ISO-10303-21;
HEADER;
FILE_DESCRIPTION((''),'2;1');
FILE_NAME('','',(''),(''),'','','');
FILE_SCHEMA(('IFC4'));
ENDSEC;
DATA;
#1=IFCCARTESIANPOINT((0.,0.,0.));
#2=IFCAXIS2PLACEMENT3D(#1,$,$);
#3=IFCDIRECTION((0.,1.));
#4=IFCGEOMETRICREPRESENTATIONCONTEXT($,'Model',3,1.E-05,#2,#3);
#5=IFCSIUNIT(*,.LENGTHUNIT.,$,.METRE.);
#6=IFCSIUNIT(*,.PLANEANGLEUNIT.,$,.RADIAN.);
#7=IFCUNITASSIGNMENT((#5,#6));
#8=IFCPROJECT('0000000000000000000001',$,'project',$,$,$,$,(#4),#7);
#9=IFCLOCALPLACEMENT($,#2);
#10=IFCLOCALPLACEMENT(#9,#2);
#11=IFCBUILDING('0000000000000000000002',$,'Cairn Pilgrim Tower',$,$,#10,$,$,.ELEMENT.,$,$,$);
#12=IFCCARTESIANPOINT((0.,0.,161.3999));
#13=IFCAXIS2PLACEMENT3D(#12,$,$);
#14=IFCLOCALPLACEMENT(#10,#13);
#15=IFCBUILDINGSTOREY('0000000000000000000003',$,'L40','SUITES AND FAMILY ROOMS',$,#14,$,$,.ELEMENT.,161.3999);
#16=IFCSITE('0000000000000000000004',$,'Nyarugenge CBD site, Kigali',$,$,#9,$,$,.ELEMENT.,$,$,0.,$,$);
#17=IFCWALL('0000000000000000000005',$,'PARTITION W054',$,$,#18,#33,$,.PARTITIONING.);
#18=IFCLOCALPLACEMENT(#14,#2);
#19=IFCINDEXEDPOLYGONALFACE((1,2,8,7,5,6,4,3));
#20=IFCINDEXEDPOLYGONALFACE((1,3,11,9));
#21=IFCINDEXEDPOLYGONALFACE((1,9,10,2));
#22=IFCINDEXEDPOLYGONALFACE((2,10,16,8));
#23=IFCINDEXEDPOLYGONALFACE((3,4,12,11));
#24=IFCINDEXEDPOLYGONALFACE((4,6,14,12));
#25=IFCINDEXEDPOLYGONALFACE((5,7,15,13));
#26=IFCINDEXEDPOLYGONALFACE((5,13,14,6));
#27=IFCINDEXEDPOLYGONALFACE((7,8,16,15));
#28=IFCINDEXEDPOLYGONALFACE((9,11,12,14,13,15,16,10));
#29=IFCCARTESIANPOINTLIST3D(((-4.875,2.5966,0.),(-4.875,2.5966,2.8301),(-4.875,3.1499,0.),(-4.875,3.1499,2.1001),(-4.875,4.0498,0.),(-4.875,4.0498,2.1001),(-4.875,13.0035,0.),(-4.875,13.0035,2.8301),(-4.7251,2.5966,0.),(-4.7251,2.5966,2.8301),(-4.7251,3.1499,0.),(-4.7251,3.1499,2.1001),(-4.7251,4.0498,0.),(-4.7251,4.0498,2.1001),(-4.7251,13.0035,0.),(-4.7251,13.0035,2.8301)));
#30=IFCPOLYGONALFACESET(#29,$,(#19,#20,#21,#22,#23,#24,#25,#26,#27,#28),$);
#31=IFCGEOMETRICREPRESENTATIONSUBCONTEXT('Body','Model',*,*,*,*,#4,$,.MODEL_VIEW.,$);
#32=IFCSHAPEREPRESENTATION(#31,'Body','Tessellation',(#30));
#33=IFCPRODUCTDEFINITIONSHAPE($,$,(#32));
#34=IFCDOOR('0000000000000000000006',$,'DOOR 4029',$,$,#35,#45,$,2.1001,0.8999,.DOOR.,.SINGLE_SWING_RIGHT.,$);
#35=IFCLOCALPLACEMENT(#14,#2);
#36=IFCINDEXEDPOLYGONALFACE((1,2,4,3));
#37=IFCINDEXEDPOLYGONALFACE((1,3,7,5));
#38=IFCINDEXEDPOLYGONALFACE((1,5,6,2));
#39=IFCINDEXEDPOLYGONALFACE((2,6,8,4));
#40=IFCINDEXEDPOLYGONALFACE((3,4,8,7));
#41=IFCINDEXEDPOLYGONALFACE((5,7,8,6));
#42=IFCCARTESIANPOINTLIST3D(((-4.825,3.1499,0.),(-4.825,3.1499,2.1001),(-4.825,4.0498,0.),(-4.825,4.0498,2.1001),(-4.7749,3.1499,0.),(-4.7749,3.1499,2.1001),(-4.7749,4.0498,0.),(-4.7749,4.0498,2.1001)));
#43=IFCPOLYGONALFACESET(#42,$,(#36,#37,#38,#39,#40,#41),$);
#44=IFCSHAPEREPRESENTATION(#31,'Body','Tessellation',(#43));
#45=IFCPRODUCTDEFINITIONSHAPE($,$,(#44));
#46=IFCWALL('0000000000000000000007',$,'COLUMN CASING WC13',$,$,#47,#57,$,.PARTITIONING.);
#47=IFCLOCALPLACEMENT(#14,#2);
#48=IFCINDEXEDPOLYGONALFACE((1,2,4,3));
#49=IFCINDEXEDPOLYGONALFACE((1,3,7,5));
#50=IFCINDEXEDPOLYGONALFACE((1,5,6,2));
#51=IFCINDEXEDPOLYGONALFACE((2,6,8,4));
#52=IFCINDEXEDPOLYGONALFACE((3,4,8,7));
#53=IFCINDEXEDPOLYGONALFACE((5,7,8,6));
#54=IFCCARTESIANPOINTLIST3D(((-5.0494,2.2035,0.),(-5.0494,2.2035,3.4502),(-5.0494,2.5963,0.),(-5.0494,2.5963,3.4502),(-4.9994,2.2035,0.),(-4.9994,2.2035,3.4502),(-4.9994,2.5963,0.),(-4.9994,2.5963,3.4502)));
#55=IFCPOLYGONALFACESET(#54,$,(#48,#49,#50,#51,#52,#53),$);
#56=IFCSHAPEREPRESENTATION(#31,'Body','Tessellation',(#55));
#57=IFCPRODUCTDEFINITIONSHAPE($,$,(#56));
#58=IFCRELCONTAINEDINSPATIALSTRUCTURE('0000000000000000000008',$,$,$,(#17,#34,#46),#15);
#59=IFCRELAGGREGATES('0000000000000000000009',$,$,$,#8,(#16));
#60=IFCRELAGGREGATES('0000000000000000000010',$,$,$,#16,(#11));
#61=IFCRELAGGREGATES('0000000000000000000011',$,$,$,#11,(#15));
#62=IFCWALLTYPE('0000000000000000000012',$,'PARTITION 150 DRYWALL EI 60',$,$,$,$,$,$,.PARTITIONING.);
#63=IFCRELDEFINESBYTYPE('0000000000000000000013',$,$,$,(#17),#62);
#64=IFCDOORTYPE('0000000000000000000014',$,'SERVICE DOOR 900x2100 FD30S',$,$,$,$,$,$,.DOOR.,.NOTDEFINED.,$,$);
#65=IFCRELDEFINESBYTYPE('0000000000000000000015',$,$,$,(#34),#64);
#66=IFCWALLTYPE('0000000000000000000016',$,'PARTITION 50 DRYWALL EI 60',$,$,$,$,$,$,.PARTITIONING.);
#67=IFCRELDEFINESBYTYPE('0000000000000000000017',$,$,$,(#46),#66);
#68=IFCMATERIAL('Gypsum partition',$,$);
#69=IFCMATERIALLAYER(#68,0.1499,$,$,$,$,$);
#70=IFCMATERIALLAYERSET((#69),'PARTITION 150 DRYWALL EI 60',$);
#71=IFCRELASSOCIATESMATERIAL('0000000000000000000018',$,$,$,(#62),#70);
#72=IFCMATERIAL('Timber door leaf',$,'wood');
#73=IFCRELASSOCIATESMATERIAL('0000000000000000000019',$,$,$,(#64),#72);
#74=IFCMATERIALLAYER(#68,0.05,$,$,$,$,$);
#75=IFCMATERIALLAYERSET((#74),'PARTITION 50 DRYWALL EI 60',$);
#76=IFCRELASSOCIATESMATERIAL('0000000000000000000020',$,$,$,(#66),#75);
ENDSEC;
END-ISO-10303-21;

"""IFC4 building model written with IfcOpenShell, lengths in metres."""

from ifc_helpers import new_model, si_unit, direction, frame, frame_2d, origin, place, context, subcontext, project, spatial, rectangle, extrude, material, layer, layer_set, type_object, element, fill, save


model = new_model("IFC4")

# Units and contexts
model_context = context("Model", 3, precision=1e-05, world=origin(), true_north=direction((0.0, 1.0)))
body_context = subcontext(model_context, "Body", "Model", "MODEL_VIEW")
ifc_project = project(units=[si_unit("LENGTHUNIT", "METRE"), si_unit("PLANEANGLEUNIT", "RADIAN")], contexts=[model_context])

# Site, building, storey
site_placement = place(None, origin())
site = spatial("IfcSite", under=ifc_project, at=site_placement, Name="Nyarugenge CBD site, Kigali", CompositionType="ELEMENT", RefElevation=0.0)
building_placement = place(site_placement, origin())
building = spatial("IfcBuilding", under=site, at=building_placement, Name="Cairn Pilgrim Tower", CompositionType="ELEMENT")
storey_placement = place(building_placement, frame((0.0, 0.0, 161.3999)))
storey = spatial("IfcBuildingStorey", under=building, at=storey_placement, Name="L40", Description="SUITES AND FAMILY ROOMS", CompositionType="ELEMENT", Elevation=161.3999)

# Shared definitions
ifc_material_1 = material(Name="Gypsum partition")
ifc_layer_1 = layer(ifc_material_1, 0.1499)
ifc_layer_set_1 = layer_set([ifc_layer_1], Name="PARTITION 150 DRYWALL EI 60")
wall_type_1 = type_object("IfcWallType", Name="PARTITION 150 DRYWALL EI 60", PredefinedType="PARTITIONING", material=ifc_layer_set_1)

# Wall, opening, door
wall_1_placement = place(storey_placement, frame((-4.8, 2.5964, 0.0), z_axis=(0.0, 0.0, 1.0), x_axis=(0.0, 1.0, 0.0)))
wall_1 = element("IfcWall", 1, at=wall_1_placement, inside=storey, type_object=wall_type_1, Name="PARTITION W054", PredefinedType="PARTITIONING", context=body_context, shape_type="SweptSolid", body=[
    extrude(rectangle(XDim=10.407, YDim=0.1499, at=frame_2d((5.2036, 0.0))), origin(), (0.0, 0.0, 1.0), 2.8301),
])
opening_1_placement = place(wall_1_placement, frame((0.5535, 0.0, 0.0)))
opening_1 = element("IfcOpeningElement", 2, at=opening_1_placement, cuts=wall_1, PredefinedType="OPENING", context=body_context, shape_type="SweptSolid", body=[
    extrude(rectangle(XDim=0.8999, YDim=2.1001, at=frame_2d((0.45, 1.05))), frame((0.0, 0.085, 0.0), z_axis=(0.0, -1.0, 0.0), x_axis=(1.0, 0.0, 0.0)), (0.0, 0.0, 1.0), 0.1699),
])
ifc_material_2 = material(Name="Timber door leaf", Category="wood")
door_type_1 = type_object("IfcDoorType", Name="SERVICE DOOR 900x2100 FD30S", OperationType="NOTDEFINED", PredefinedType="DOOR", material=ifc_material_2)
door_1_placement = place(opening_1_placement, origin())
door_1 = element("IfcDoor", 3, at=door_1_placement, inside=storey, type_object=door_type_1, Name="DOOR 4029", OperationType="SINGLE_SWING_RIGHT", OverallHeight=2.1001, OverallWidth=0.8999, PredefinedType="DOOR", context=body_context, shape_type="SweptSolid", body=[
    extrude(rectangle(XDim=0.8999, YDim=2.1001, at=frame_2d((0.45, 1.05))), frame((0.0, 0.0249, 0.0), z_axis=(0.0, -1.0, 0.0), x_axis=(1.0, 0.0, 0.0)), (0.0, 0.0, 1.0), 0.05),
])
fill(opening_1, door_1)

# Wall
ifc_layer_2 = layer(ifc_material_1, 0.05)
ifc_layer_set_2 = layer_set([ifc_layer_2], Name="PARTITION 50 DRYWALL EI 60")
wall_type_2 = type_object("IfcWallType", Name="PARTITION 50 DRYWALL EI 60", PredefinedType="PARTITIONING", material=ifc_layer_set_2)
wall_2_placement = place(storey_placement, frame((-5.0244, 2.2036, 0.0), z_axis=(0.0, 0.0, 1.0), x_axis=(0.0, 1.0, 0.0)))
element("IfcWall", 4, at=wall_2_placement, inside=storey, type_object=wall_type_2, Name="COLUMN CASING WC13", PredefinedType="PARTITIONING", context=body_context, shape_type="SweptSolid", body=[
    extrude(rectangle(XDim=0.3928, YDim=0.05, at=frame_2d((0.1963, 0.0))), origin(), (0.0, 0.0, 1.0), 3.4502),
])

save(model, "model.ifc")
